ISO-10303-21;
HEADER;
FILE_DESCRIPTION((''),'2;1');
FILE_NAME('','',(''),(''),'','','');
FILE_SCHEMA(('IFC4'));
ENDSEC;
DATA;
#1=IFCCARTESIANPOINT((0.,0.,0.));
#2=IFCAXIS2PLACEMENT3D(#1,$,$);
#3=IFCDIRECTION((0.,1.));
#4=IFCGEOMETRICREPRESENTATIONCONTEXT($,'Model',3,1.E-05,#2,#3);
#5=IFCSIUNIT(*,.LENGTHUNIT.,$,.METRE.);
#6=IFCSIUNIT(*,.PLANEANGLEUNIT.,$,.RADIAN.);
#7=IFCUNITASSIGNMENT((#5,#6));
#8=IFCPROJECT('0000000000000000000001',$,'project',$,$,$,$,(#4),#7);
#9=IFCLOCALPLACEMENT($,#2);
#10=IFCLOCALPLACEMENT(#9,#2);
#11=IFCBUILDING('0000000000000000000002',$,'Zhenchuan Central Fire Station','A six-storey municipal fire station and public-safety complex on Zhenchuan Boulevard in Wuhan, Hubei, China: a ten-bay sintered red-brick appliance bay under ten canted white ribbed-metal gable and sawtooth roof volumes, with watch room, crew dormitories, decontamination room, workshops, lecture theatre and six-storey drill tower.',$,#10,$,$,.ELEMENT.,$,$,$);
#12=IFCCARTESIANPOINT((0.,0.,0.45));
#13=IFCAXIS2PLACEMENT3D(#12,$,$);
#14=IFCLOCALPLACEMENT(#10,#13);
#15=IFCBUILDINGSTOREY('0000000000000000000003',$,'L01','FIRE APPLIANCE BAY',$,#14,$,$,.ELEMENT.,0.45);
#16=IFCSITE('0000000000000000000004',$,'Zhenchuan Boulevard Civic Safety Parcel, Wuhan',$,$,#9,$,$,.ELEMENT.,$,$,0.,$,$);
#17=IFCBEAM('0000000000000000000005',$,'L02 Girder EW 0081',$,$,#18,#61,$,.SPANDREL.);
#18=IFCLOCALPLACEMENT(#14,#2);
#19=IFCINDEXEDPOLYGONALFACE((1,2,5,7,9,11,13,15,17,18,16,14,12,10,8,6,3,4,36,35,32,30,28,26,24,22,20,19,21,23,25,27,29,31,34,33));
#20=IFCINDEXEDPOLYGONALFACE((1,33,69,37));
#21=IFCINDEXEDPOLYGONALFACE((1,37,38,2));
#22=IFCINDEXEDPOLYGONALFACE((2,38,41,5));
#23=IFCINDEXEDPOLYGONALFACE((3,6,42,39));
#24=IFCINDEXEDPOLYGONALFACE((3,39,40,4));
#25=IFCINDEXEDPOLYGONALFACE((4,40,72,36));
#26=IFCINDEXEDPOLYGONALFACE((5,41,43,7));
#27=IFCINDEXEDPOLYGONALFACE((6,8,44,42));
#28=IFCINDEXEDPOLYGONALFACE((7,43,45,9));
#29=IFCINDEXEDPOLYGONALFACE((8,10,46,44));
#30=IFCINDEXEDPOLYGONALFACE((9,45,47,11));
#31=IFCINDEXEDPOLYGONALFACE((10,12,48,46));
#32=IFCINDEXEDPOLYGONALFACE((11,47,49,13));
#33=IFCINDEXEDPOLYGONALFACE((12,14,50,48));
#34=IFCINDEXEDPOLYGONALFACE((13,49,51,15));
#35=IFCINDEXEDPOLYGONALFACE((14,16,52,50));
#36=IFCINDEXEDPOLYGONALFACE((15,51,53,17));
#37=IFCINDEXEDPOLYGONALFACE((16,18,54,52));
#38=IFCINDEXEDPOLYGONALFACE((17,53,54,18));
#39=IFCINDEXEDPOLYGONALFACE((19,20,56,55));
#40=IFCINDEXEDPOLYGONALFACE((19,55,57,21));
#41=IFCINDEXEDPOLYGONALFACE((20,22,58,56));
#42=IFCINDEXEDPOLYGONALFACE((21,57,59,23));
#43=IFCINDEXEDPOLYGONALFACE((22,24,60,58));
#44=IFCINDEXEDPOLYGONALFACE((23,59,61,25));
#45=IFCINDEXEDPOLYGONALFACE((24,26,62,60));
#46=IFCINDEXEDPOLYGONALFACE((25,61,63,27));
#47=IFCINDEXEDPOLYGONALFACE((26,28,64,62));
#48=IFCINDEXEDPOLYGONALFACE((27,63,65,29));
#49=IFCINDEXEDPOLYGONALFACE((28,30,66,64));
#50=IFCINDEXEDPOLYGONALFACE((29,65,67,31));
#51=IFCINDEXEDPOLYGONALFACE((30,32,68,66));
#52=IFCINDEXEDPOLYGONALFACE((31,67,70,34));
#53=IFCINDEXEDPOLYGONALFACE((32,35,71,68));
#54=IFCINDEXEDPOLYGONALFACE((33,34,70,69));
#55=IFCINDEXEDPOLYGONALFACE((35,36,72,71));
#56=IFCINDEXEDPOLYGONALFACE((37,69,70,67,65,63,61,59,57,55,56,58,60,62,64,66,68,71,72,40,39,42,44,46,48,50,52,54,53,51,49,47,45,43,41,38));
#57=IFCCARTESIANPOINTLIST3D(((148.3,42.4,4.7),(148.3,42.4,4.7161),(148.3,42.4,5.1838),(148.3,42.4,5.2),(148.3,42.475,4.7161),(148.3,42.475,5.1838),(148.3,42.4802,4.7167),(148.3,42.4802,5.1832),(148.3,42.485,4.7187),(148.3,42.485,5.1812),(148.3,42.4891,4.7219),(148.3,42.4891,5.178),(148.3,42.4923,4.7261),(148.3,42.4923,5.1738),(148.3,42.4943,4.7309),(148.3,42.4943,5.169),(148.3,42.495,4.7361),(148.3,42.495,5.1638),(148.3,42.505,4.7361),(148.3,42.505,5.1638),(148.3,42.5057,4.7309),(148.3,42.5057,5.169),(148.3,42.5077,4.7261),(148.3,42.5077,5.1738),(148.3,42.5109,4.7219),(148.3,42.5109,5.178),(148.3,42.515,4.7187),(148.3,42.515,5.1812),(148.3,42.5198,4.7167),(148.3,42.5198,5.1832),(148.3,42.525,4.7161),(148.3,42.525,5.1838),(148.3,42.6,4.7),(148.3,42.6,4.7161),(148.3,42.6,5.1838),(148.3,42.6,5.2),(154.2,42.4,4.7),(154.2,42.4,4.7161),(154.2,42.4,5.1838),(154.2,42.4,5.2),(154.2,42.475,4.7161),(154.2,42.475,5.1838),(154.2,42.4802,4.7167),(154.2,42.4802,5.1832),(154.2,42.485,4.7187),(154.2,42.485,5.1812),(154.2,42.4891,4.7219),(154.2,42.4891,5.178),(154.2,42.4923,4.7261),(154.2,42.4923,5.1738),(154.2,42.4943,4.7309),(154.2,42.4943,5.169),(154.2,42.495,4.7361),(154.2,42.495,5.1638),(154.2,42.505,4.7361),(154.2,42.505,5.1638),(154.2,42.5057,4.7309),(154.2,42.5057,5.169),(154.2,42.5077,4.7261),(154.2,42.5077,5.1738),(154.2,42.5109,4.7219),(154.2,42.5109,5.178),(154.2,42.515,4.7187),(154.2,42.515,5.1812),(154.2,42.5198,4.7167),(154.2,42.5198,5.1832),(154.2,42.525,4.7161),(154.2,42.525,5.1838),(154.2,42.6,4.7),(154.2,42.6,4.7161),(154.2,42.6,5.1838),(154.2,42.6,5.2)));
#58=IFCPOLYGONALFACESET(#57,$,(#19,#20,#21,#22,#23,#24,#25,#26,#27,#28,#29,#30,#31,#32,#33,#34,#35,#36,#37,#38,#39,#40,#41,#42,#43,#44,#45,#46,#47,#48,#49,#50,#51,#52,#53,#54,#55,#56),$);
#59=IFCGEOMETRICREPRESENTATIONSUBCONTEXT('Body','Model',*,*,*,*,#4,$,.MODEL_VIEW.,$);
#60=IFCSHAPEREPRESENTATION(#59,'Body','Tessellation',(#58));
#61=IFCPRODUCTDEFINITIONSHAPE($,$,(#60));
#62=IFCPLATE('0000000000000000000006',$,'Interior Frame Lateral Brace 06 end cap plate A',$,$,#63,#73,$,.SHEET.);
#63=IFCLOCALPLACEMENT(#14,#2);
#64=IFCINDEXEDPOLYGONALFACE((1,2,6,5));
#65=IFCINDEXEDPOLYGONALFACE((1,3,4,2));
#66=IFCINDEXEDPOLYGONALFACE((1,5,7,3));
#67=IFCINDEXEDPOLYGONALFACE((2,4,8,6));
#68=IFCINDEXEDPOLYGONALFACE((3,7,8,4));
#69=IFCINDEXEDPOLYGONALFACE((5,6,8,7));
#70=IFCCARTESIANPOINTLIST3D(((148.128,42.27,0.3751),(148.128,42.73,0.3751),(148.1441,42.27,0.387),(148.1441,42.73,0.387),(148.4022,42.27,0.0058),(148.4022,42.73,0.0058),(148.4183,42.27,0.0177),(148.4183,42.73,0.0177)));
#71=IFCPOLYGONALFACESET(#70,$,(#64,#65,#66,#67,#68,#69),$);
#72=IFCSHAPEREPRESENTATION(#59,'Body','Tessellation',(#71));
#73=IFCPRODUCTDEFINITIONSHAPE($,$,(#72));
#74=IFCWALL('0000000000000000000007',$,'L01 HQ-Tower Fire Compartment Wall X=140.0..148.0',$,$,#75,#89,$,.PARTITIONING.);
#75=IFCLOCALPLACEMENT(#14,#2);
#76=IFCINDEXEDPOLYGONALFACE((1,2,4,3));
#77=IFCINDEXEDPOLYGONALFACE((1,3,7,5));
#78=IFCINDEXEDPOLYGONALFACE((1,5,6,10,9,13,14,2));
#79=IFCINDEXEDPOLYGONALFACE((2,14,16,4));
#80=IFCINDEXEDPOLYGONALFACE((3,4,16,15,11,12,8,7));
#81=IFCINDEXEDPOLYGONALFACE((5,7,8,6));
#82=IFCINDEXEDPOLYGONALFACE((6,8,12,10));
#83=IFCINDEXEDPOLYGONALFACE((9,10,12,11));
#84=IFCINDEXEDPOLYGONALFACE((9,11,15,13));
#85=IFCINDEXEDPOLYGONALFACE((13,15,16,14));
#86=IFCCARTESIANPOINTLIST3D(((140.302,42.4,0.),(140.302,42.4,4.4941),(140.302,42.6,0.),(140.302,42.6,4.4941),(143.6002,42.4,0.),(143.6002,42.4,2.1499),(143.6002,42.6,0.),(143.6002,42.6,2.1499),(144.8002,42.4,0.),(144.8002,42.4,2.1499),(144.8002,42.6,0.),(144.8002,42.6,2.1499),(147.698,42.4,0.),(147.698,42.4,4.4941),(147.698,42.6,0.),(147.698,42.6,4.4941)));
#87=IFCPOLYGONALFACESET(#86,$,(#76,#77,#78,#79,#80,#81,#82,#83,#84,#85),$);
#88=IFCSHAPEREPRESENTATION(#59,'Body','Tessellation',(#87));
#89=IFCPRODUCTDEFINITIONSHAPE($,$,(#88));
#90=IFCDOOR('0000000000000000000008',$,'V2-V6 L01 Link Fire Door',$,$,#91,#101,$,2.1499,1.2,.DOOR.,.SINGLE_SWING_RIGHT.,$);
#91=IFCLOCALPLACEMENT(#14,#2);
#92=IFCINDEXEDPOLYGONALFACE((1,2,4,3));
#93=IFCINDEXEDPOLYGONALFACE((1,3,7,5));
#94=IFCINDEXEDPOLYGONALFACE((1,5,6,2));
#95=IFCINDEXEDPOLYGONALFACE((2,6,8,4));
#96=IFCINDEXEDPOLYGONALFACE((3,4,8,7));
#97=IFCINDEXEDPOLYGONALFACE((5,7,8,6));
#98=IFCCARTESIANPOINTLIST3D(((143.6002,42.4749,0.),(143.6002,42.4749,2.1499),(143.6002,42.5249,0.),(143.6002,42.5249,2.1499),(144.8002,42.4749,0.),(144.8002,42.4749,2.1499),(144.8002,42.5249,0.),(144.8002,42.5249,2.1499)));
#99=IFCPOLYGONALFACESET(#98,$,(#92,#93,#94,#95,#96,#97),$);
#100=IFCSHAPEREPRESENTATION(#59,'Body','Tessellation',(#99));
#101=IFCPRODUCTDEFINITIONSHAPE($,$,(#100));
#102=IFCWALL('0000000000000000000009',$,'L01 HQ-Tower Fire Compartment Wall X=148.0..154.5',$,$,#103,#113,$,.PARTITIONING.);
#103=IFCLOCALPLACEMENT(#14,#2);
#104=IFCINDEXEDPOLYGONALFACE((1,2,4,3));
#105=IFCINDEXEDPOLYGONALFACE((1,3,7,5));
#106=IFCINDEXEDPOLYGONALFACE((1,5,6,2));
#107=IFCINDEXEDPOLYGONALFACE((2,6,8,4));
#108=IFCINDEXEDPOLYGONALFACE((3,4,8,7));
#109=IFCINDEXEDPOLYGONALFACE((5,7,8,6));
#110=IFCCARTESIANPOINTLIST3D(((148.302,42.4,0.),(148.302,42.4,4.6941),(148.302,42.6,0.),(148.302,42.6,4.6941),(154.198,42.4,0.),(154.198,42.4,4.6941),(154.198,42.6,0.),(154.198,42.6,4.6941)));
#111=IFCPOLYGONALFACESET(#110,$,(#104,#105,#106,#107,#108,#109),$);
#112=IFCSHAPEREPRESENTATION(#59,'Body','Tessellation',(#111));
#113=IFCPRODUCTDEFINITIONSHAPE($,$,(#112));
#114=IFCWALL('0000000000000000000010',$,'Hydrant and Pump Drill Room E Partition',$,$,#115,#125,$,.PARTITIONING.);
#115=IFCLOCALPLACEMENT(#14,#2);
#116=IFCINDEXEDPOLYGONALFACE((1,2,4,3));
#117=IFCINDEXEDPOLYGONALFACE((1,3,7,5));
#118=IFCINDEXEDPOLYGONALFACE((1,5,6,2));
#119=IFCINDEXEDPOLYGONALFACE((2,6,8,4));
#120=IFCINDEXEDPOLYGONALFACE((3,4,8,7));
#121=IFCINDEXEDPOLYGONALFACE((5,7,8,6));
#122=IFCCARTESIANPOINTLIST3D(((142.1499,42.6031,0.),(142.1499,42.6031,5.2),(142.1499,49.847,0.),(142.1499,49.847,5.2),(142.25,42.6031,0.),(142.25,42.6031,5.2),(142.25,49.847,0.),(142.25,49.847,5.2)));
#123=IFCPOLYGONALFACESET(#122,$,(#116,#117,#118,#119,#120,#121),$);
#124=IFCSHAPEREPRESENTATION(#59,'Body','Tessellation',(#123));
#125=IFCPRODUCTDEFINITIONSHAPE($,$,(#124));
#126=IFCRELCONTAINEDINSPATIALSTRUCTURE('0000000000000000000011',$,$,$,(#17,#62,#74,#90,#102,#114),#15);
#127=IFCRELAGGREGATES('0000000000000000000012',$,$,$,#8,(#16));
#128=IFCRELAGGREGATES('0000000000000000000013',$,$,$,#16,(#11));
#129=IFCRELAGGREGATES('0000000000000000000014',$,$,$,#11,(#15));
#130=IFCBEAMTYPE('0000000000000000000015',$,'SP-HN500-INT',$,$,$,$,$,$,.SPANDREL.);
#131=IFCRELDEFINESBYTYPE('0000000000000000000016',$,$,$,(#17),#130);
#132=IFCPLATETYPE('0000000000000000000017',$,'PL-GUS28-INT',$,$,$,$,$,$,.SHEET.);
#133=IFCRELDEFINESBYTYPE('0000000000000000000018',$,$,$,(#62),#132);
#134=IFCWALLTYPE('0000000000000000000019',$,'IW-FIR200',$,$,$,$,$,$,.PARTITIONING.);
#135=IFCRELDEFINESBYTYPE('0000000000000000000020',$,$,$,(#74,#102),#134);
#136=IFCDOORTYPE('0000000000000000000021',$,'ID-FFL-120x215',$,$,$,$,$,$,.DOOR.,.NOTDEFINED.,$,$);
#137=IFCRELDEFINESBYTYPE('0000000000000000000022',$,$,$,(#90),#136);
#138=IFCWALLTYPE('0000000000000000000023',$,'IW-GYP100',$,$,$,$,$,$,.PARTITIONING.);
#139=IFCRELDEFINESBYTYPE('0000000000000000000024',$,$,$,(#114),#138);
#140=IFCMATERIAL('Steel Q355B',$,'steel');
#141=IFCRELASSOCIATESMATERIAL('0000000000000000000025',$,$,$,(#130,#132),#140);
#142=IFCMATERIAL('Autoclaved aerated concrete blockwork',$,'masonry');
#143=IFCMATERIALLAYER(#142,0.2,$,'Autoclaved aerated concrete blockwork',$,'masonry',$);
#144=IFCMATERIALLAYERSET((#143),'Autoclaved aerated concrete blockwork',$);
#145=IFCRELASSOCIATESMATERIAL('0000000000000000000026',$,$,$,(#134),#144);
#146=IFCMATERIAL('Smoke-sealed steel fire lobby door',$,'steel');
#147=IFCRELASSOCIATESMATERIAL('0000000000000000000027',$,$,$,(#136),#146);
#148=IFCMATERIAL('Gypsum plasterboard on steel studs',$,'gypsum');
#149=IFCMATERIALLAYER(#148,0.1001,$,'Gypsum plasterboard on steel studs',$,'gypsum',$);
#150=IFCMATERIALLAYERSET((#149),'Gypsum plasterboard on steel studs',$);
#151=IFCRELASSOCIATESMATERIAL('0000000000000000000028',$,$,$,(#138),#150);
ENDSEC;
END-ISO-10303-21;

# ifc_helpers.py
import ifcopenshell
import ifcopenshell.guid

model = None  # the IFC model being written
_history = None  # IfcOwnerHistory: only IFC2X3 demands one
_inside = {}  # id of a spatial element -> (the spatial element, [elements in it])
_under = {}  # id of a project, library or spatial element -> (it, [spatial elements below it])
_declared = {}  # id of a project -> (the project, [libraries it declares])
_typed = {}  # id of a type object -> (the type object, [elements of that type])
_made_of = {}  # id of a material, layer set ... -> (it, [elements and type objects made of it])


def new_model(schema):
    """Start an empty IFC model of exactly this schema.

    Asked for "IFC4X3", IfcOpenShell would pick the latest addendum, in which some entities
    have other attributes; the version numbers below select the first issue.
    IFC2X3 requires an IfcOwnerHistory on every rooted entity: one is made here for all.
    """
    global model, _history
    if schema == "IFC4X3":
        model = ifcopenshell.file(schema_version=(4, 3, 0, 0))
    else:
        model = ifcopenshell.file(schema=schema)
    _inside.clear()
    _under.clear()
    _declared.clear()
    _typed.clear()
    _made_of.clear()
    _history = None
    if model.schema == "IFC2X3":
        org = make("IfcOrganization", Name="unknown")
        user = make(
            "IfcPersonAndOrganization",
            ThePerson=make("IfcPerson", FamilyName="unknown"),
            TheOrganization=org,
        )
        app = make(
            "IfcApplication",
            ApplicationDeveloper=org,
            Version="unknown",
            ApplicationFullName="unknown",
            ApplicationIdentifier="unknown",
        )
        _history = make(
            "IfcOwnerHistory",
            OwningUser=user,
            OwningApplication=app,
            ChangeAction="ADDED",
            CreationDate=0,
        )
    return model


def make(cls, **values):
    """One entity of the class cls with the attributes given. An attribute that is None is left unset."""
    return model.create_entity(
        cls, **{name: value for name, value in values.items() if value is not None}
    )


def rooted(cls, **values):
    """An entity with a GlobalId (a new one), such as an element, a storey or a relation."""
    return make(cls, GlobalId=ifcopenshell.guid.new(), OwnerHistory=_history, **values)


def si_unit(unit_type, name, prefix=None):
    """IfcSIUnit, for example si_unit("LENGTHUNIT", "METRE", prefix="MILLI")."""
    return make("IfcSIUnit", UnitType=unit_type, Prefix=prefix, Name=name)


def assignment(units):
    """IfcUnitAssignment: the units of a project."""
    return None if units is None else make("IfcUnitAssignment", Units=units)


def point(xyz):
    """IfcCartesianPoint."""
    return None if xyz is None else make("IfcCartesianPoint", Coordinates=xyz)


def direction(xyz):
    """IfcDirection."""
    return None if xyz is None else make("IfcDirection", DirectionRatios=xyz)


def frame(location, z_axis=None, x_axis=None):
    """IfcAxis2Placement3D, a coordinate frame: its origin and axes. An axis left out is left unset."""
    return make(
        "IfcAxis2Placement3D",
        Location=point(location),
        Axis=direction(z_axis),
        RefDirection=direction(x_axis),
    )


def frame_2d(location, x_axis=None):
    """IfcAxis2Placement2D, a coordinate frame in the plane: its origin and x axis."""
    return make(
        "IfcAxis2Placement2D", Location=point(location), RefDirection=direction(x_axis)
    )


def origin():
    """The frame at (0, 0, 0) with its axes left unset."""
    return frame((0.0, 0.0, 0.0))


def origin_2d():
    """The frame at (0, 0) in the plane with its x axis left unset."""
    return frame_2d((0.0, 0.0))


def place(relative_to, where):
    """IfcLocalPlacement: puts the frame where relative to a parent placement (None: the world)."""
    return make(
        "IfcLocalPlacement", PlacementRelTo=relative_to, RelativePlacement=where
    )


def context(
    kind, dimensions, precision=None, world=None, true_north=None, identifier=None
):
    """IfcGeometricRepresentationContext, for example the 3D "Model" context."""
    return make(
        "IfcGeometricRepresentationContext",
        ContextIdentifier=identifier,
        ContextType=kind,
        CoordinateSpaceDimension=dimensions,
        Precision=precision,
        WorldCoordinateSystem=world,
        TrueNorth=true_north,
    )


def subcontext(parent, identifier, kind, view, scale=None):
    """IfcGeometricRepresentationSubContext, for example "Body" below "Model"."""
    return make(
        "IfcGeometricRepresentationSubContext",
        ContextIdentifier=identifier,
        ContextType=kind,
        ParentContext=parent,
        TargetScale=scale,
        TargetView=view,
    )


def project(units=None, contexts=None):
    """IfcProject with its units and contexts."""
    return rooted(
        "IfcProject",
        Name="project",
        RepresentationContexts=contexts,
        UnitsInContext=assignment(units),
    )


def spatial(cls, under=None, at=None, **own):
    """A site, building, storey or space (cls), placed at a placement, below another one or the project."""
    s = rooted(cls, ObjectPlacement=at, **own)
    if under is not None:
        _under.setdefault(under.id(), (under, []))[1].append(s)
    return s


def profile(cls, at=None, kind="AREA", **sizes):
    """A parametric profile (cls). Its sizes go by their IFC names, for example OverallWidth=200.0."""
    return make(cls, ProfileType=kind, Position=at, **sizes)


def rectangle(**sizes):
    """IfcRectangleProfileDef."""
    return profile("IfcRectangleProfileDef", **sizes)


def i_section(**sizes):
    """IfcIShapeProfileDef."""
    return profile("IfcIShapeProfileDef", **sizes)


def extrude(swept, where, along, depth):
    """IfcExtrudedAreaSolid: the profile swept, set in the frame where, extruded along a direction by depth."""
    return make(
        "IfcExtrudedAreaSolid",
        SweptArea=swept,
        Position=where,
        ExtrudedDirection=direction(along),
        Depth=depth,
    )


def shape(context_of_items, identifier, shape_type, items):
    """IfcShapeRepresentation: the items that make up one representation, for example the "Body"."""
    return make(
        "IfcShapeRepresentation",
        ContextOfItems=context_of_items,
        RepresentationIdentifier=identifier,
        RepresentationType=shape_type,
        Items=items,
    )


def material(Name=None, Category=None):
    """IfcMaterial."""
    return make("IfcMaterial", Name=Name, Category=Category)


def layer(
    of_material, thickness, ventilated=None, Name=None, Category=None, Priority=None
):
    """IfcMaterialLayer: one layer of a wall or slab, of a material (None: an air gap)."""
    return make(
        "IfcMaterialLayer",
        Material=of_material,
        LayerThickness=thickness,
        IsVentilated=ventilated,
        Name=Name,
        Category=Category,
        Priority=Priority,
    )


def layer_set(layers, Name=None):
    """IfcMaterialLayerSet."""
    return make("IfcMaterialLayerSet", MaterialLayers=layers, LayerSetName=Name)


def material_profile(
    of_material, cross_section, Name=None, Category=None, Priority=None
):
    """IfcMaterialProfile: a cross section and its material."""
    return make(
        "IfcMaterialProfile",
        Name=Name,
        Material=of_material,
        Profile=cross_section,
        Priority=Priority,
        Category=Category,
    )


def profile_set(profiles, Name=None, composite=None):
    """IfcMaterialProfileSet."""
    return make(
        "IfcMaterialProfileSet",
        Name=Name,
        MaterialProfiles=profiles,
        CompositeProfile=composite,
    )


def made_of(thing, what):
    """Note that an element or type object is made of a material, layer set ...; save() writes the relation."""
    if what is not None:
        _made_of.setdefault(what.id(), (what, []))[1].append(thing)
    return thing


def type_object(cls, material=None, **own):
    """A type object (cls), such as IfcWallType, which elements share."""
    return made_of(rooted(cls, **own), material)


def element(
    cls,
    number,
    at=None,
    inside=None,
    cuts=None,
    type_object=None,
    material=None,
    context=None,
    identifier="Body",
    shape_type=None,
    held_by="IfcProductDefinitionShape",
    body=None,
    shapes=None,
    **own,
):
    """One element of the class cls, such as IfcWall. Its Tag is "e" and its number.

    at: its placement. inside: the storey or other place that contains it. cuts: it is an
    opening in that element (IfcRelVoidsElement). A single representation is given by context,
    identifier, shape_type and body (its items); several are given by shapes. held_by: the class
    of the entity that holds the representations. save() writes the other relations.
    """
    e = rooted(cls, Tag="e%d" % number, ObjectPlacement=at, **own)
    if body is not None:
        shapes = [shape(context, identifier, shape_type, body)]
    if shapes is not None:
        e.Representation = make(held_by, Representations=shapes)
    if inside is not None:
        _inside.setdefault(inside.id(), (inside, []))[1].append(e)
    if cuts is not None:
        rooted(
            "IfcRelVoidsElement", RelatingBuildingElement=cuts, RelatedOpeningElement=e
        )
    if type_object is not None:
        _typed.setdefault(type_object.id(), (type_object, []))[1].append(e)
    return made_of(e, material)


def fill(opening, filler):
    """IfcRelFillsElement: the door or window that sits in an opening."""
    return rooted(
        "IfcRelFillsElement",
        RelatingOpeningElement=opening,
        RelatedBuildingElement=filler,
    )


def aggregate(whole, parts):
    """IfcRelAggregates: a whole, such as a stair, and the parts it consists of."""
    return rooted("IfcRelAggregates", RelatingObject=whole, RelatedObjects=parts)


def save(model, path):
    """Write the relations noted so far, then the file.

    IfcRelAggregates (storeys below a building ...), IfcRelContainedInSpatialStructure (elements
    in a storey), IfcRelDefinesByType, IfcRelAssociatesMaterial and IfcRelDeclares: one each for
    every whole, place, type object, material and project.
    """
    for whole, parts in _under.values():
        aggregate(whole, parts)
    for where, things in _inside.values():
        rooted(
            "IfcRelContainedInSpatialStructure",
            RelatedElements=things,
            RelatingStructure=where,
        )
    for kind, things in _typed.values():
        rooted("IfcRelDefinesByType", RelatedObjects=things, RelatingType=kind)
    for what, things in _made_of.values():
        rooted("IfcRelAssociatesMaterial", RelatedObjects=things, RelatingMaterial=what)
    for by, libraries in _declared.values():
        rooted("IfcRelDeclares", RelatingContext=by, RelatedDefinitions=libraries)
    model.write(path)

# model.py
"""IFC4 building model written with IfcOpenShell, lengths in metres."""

from ifc_helpers import new_model, si_unit, direction, frame, frame_2d, origin, origin_2d, place, context, subcontext, project, spatial, rectangle, i_section, extrude, material, layer, layer_set, material_profile, profile_set, type_object, element, fill, save


model = new_model("IFC4")

# Units and contexts
model_context = context("Model", 3, precision=1e-05, world=origin(), true_north=direction((0.0, 1.0)))
body_context = subcontext(model_context, "Body", "Model", "MODEL_VIEW")
ifc_project = project(units=[si_unit("LENGTHUNIT", "METRE"), si_unit("PLANEANGLEUNIT", "RADIAN")], contexts=[model_context])

# Site, building, storey
site_placement = place(None, origin())
site = spatial("IfcSite", under=ifc_project, at=site_placement, Name="Zhenchuan Boulevard Civic Safety Parcel, Wuhan", CompositionType="ELEMENT", RefElevation=0.0)
building_placement = place(site_placement, origin())
building = spatial("IfcBuilding", under=site, at=building_placement, Name="Zhenchuan Central Fire Station", Description="A six-storey municipal fire station and public-safety complex on Zhenchuan Boulevard in Wuhan, Hubei, China: a ten-bay sintered red-brick appliance bay under ten canted white ribbed-metal gable and sawtooth roof volumes, with watch room, crew dormitories, decontamination room, workshops, lecture theatre and six-storey drill tower.", CompositionType="ELEMENT")
storey_placement = place(building_placement, frame((0.0, 0.0, 0.45)))
storey = spatial("IfcBuildingStorey", under=building, at=storey_placement, Name="L01", Description="FIRE APPLIANCE BAY", CompositionType="ELEMENT", Elevation=0.45)

# Shared definitions
ifc_material_1 = material(Name="Steel Q355B", Category="steel")

# Beam
ifc_material_profile_1 = material_profile(ifc_material_1, i_section(OverallWidth=0.2, OverallDepth=0.5, WebThickness=0.01, FlangeThickness=0.0161, FilletRadius=0.02, at=origin_2d()), Name="HN 500x200")
ifc_profile_set_1 = profile_set([ifc_material_profile_1], Name="Steel Q355B")
beam_type_1 = type_object("IfcBeamType", Name="SP-HN500-INT", PredefinedType="SPANDREL", material=ifc_profile_set_1)
beam_1_placement = place(storey_placement, frame((148.3, 42.5, 4.95), z_axis=(1.0, 0.0, 0.0), x_axis=(0.0, 1.0, 0.0)))
element("IfcBeam", 1, at=beam_1_placement, inside=storey, type_object=beam_type_1, Name="L02 Girder EW 0081", PredefinedType="SPANDREL", context=body_context, shape_type="SweptSolid", body=[
    extrude(i_section(OverallWidth=0.2, OverallDepth=0.5, WebThickness=0.01, FlangeThickness=0.0161, FilletRadius=0.02, at=origin_2d()), origin(), (0.0, 0.0, 1.0), 5.8999),
])

# Plate
ifc_material_profile_2 = material_profile(ifc_material_1, rectangle(XDim=0.46, YDim=0.46, at=origin_2d()), Name="PL 460x460x28")
ifc_profile_set_2 = profile_set([ifc_material_profile_2], Name="Steel Q355B")
plate_type = type_object("IfcPlateType", Name="PL-GUS28-INT", PredefinedType="SHEET", material=ifc_profile_set_2)
plate_placement = place(storey_placement, frame((148.2651, 42.5, 0.1904), z_axis=(0.80291, 0.0, 0.5961), x_axis=(0.0, 1.0, 0.0)))
element("IfcPlate", 2, at=plate_placement, inside=storey, type_object=plate_type, Name="Interior Frame Lateral Brace 06 end cap plate A", PredefinedType="SHEET", context=body_context, shape_type="SweptSolid", body=[
    extrude(rectangle(XDim=0.46, YDim=0.46, at=origin_2d()), origin(), (0.0, 0.0, 1.0), 0.02),
])

# Wall, opening, door
ifc_material_2 = material(Name="Autoclaved aerated concrete blockwork", Category="masonry")
ifc_layer_1 = layer(ifc_material_2, 0.2, Name="Autoclaved aerated concrete blockwork", Category="masonry")
ifc_layer_set_1 = layer_set([ifc_layer_1], Name="Autoclaved aerated concrete blockwork")
wall_type_1 = type_object("IfcWallType", Name="IW-FIR200", PredefinedType="PARTITIONING", material=ifc_layer_set_1)
wall_1_placement = place(storey_placement, frame((140.302, 42.5, 0.0), z_axis=(0.0, 0.0, 1.0), x_axis=(1.0, 0.0, 0.0)))
wall_1 = element("IfcWall", 3, at=wall_1_placement, inside=storey, type_object=wall_type_1, Name="L01 HQ-Tower Fire Compartment Wall X=140.0..148.0", PredefinedType="PARTITIONING", context=body_context, shape_type="SweptSolid", body=[
    extrude(rectangle(XDim=7.396, YDim=0.2, at=frame_2d((3.698, 0.0))), origin(), (0.0, 0.0, 1.0), 4.4941),
])
opening_placement = place(wall_1_placement, frame((3.2981, 0.0, 0.0)))
opening = element("IfcOpeningElement", 4, at=opening_placement, cuts=wall_1, PredefinedType="OPENING", context=body_context, shape_type="SweptSolid", body=[
    extrude(rectangle(XDim=1.2, YDim=2.1499, at=frame_2d((0.6001, 1.075))), frame((0.0, 0.1099, 0.0), z_axis=(0.0, -1.0, 0.0), x_axis=(1.0, 0.0, 0.0)), (0.0, 0.0, 1.0), 0.22),
])
ifc_material_3 = material(Name="Smoke-sealed steel fire lobby door", Category="steel")
door_type = type_object("IfcDoorType", Name="ID-FFL-120x215", OperationType="NOTDEFINED", PredefinedType="DOOR", material=ifc_material_3)
door_placement = place(opening_placement, origin())
door = element("IfcDoor", 5, at=door_placement, inside=storey, type_object=door_type, Name="V2-V6 L01 Link Fire Door", OperationType="SINGLE_SWING_RIGHT", OverallHeight=2.1499, OverallWidth=1.2, PredefinedType="DOOR", context=body_context, shape_type="SweptSolid", body=[
    extrude(rectangle(XDim=1.2, YDim=2.1499, at=frame_2d((0.6001, 1.075))), frame((0.0, 0.0249, 0.0), z_axis=(0.0, -1.0, 0.0), x_axis=(1.0, 0.0, 0.0)), (0.0, 0.0, 1.0), 0.05),
])
fill(opening, door)

# Walls
wall_2_placement = place(storey_placement, frame((148.302, 42.5, 0.0), z_axis=(0.0, 0.0, 1.0), x_axis=(1.0, 0.0, 0.0)))
element("IfcWall", 6, at=wall_2_placement, inside=storey, type_object=wall_type_1, Name="L01 HQ-Tower Fire Compartment Wall X=148.0..154.5", PredefinedType="PARTITIONING", context=body_context, shape_type="SweptSolid", body=[
    extrude(rectangle(XDim=5.896, YDim=0.2, at=frame_2d((2.948, 0.0))), origin(), (0.0, 0.0, 1.0), 4.6941),
])
ifc_material_4 = material(Name="Gypsum plasterboard on steel studs", Category="gypsum")
ifc_layer_2 = layer(ifc_material_4, 0.1001, Name="Gypsum plasterboard on steel studs", Category="gypsum")
ifc_layer_set_2 = layer_set([ifc_layer_2], Name="Gypsum plasterboard on steel studs")
wall_type_2 = type_object("IfcWallType", Name="IW-GYP100", PredefinedType="PARTITIONING", material=ifc_layer_set_2)
wall_3_placement = place(storey_placement, frame((142.2, 42.603, 0.0), z_axis=(0.0, 0.0, 1.0), x_axis=(0.0, 1.0, 0.0)))
element("IfcWall", 7, at=wall_3_placement, inside=storey, type_object=wall_type_2, Name="Hydrant and Pump Drill Room E Partition", PredefinedType="PARTITIONING", context=body_context, shape_type="SweptSolid", body=[
    extrude(rectangle(XDim=7.2439, YDim=0.1001, at=frame_2d((3.6221, 0.0))), origin(), (0.0, 0.0, 1.0), 5.2),
])

save(model, "model.ifc")
